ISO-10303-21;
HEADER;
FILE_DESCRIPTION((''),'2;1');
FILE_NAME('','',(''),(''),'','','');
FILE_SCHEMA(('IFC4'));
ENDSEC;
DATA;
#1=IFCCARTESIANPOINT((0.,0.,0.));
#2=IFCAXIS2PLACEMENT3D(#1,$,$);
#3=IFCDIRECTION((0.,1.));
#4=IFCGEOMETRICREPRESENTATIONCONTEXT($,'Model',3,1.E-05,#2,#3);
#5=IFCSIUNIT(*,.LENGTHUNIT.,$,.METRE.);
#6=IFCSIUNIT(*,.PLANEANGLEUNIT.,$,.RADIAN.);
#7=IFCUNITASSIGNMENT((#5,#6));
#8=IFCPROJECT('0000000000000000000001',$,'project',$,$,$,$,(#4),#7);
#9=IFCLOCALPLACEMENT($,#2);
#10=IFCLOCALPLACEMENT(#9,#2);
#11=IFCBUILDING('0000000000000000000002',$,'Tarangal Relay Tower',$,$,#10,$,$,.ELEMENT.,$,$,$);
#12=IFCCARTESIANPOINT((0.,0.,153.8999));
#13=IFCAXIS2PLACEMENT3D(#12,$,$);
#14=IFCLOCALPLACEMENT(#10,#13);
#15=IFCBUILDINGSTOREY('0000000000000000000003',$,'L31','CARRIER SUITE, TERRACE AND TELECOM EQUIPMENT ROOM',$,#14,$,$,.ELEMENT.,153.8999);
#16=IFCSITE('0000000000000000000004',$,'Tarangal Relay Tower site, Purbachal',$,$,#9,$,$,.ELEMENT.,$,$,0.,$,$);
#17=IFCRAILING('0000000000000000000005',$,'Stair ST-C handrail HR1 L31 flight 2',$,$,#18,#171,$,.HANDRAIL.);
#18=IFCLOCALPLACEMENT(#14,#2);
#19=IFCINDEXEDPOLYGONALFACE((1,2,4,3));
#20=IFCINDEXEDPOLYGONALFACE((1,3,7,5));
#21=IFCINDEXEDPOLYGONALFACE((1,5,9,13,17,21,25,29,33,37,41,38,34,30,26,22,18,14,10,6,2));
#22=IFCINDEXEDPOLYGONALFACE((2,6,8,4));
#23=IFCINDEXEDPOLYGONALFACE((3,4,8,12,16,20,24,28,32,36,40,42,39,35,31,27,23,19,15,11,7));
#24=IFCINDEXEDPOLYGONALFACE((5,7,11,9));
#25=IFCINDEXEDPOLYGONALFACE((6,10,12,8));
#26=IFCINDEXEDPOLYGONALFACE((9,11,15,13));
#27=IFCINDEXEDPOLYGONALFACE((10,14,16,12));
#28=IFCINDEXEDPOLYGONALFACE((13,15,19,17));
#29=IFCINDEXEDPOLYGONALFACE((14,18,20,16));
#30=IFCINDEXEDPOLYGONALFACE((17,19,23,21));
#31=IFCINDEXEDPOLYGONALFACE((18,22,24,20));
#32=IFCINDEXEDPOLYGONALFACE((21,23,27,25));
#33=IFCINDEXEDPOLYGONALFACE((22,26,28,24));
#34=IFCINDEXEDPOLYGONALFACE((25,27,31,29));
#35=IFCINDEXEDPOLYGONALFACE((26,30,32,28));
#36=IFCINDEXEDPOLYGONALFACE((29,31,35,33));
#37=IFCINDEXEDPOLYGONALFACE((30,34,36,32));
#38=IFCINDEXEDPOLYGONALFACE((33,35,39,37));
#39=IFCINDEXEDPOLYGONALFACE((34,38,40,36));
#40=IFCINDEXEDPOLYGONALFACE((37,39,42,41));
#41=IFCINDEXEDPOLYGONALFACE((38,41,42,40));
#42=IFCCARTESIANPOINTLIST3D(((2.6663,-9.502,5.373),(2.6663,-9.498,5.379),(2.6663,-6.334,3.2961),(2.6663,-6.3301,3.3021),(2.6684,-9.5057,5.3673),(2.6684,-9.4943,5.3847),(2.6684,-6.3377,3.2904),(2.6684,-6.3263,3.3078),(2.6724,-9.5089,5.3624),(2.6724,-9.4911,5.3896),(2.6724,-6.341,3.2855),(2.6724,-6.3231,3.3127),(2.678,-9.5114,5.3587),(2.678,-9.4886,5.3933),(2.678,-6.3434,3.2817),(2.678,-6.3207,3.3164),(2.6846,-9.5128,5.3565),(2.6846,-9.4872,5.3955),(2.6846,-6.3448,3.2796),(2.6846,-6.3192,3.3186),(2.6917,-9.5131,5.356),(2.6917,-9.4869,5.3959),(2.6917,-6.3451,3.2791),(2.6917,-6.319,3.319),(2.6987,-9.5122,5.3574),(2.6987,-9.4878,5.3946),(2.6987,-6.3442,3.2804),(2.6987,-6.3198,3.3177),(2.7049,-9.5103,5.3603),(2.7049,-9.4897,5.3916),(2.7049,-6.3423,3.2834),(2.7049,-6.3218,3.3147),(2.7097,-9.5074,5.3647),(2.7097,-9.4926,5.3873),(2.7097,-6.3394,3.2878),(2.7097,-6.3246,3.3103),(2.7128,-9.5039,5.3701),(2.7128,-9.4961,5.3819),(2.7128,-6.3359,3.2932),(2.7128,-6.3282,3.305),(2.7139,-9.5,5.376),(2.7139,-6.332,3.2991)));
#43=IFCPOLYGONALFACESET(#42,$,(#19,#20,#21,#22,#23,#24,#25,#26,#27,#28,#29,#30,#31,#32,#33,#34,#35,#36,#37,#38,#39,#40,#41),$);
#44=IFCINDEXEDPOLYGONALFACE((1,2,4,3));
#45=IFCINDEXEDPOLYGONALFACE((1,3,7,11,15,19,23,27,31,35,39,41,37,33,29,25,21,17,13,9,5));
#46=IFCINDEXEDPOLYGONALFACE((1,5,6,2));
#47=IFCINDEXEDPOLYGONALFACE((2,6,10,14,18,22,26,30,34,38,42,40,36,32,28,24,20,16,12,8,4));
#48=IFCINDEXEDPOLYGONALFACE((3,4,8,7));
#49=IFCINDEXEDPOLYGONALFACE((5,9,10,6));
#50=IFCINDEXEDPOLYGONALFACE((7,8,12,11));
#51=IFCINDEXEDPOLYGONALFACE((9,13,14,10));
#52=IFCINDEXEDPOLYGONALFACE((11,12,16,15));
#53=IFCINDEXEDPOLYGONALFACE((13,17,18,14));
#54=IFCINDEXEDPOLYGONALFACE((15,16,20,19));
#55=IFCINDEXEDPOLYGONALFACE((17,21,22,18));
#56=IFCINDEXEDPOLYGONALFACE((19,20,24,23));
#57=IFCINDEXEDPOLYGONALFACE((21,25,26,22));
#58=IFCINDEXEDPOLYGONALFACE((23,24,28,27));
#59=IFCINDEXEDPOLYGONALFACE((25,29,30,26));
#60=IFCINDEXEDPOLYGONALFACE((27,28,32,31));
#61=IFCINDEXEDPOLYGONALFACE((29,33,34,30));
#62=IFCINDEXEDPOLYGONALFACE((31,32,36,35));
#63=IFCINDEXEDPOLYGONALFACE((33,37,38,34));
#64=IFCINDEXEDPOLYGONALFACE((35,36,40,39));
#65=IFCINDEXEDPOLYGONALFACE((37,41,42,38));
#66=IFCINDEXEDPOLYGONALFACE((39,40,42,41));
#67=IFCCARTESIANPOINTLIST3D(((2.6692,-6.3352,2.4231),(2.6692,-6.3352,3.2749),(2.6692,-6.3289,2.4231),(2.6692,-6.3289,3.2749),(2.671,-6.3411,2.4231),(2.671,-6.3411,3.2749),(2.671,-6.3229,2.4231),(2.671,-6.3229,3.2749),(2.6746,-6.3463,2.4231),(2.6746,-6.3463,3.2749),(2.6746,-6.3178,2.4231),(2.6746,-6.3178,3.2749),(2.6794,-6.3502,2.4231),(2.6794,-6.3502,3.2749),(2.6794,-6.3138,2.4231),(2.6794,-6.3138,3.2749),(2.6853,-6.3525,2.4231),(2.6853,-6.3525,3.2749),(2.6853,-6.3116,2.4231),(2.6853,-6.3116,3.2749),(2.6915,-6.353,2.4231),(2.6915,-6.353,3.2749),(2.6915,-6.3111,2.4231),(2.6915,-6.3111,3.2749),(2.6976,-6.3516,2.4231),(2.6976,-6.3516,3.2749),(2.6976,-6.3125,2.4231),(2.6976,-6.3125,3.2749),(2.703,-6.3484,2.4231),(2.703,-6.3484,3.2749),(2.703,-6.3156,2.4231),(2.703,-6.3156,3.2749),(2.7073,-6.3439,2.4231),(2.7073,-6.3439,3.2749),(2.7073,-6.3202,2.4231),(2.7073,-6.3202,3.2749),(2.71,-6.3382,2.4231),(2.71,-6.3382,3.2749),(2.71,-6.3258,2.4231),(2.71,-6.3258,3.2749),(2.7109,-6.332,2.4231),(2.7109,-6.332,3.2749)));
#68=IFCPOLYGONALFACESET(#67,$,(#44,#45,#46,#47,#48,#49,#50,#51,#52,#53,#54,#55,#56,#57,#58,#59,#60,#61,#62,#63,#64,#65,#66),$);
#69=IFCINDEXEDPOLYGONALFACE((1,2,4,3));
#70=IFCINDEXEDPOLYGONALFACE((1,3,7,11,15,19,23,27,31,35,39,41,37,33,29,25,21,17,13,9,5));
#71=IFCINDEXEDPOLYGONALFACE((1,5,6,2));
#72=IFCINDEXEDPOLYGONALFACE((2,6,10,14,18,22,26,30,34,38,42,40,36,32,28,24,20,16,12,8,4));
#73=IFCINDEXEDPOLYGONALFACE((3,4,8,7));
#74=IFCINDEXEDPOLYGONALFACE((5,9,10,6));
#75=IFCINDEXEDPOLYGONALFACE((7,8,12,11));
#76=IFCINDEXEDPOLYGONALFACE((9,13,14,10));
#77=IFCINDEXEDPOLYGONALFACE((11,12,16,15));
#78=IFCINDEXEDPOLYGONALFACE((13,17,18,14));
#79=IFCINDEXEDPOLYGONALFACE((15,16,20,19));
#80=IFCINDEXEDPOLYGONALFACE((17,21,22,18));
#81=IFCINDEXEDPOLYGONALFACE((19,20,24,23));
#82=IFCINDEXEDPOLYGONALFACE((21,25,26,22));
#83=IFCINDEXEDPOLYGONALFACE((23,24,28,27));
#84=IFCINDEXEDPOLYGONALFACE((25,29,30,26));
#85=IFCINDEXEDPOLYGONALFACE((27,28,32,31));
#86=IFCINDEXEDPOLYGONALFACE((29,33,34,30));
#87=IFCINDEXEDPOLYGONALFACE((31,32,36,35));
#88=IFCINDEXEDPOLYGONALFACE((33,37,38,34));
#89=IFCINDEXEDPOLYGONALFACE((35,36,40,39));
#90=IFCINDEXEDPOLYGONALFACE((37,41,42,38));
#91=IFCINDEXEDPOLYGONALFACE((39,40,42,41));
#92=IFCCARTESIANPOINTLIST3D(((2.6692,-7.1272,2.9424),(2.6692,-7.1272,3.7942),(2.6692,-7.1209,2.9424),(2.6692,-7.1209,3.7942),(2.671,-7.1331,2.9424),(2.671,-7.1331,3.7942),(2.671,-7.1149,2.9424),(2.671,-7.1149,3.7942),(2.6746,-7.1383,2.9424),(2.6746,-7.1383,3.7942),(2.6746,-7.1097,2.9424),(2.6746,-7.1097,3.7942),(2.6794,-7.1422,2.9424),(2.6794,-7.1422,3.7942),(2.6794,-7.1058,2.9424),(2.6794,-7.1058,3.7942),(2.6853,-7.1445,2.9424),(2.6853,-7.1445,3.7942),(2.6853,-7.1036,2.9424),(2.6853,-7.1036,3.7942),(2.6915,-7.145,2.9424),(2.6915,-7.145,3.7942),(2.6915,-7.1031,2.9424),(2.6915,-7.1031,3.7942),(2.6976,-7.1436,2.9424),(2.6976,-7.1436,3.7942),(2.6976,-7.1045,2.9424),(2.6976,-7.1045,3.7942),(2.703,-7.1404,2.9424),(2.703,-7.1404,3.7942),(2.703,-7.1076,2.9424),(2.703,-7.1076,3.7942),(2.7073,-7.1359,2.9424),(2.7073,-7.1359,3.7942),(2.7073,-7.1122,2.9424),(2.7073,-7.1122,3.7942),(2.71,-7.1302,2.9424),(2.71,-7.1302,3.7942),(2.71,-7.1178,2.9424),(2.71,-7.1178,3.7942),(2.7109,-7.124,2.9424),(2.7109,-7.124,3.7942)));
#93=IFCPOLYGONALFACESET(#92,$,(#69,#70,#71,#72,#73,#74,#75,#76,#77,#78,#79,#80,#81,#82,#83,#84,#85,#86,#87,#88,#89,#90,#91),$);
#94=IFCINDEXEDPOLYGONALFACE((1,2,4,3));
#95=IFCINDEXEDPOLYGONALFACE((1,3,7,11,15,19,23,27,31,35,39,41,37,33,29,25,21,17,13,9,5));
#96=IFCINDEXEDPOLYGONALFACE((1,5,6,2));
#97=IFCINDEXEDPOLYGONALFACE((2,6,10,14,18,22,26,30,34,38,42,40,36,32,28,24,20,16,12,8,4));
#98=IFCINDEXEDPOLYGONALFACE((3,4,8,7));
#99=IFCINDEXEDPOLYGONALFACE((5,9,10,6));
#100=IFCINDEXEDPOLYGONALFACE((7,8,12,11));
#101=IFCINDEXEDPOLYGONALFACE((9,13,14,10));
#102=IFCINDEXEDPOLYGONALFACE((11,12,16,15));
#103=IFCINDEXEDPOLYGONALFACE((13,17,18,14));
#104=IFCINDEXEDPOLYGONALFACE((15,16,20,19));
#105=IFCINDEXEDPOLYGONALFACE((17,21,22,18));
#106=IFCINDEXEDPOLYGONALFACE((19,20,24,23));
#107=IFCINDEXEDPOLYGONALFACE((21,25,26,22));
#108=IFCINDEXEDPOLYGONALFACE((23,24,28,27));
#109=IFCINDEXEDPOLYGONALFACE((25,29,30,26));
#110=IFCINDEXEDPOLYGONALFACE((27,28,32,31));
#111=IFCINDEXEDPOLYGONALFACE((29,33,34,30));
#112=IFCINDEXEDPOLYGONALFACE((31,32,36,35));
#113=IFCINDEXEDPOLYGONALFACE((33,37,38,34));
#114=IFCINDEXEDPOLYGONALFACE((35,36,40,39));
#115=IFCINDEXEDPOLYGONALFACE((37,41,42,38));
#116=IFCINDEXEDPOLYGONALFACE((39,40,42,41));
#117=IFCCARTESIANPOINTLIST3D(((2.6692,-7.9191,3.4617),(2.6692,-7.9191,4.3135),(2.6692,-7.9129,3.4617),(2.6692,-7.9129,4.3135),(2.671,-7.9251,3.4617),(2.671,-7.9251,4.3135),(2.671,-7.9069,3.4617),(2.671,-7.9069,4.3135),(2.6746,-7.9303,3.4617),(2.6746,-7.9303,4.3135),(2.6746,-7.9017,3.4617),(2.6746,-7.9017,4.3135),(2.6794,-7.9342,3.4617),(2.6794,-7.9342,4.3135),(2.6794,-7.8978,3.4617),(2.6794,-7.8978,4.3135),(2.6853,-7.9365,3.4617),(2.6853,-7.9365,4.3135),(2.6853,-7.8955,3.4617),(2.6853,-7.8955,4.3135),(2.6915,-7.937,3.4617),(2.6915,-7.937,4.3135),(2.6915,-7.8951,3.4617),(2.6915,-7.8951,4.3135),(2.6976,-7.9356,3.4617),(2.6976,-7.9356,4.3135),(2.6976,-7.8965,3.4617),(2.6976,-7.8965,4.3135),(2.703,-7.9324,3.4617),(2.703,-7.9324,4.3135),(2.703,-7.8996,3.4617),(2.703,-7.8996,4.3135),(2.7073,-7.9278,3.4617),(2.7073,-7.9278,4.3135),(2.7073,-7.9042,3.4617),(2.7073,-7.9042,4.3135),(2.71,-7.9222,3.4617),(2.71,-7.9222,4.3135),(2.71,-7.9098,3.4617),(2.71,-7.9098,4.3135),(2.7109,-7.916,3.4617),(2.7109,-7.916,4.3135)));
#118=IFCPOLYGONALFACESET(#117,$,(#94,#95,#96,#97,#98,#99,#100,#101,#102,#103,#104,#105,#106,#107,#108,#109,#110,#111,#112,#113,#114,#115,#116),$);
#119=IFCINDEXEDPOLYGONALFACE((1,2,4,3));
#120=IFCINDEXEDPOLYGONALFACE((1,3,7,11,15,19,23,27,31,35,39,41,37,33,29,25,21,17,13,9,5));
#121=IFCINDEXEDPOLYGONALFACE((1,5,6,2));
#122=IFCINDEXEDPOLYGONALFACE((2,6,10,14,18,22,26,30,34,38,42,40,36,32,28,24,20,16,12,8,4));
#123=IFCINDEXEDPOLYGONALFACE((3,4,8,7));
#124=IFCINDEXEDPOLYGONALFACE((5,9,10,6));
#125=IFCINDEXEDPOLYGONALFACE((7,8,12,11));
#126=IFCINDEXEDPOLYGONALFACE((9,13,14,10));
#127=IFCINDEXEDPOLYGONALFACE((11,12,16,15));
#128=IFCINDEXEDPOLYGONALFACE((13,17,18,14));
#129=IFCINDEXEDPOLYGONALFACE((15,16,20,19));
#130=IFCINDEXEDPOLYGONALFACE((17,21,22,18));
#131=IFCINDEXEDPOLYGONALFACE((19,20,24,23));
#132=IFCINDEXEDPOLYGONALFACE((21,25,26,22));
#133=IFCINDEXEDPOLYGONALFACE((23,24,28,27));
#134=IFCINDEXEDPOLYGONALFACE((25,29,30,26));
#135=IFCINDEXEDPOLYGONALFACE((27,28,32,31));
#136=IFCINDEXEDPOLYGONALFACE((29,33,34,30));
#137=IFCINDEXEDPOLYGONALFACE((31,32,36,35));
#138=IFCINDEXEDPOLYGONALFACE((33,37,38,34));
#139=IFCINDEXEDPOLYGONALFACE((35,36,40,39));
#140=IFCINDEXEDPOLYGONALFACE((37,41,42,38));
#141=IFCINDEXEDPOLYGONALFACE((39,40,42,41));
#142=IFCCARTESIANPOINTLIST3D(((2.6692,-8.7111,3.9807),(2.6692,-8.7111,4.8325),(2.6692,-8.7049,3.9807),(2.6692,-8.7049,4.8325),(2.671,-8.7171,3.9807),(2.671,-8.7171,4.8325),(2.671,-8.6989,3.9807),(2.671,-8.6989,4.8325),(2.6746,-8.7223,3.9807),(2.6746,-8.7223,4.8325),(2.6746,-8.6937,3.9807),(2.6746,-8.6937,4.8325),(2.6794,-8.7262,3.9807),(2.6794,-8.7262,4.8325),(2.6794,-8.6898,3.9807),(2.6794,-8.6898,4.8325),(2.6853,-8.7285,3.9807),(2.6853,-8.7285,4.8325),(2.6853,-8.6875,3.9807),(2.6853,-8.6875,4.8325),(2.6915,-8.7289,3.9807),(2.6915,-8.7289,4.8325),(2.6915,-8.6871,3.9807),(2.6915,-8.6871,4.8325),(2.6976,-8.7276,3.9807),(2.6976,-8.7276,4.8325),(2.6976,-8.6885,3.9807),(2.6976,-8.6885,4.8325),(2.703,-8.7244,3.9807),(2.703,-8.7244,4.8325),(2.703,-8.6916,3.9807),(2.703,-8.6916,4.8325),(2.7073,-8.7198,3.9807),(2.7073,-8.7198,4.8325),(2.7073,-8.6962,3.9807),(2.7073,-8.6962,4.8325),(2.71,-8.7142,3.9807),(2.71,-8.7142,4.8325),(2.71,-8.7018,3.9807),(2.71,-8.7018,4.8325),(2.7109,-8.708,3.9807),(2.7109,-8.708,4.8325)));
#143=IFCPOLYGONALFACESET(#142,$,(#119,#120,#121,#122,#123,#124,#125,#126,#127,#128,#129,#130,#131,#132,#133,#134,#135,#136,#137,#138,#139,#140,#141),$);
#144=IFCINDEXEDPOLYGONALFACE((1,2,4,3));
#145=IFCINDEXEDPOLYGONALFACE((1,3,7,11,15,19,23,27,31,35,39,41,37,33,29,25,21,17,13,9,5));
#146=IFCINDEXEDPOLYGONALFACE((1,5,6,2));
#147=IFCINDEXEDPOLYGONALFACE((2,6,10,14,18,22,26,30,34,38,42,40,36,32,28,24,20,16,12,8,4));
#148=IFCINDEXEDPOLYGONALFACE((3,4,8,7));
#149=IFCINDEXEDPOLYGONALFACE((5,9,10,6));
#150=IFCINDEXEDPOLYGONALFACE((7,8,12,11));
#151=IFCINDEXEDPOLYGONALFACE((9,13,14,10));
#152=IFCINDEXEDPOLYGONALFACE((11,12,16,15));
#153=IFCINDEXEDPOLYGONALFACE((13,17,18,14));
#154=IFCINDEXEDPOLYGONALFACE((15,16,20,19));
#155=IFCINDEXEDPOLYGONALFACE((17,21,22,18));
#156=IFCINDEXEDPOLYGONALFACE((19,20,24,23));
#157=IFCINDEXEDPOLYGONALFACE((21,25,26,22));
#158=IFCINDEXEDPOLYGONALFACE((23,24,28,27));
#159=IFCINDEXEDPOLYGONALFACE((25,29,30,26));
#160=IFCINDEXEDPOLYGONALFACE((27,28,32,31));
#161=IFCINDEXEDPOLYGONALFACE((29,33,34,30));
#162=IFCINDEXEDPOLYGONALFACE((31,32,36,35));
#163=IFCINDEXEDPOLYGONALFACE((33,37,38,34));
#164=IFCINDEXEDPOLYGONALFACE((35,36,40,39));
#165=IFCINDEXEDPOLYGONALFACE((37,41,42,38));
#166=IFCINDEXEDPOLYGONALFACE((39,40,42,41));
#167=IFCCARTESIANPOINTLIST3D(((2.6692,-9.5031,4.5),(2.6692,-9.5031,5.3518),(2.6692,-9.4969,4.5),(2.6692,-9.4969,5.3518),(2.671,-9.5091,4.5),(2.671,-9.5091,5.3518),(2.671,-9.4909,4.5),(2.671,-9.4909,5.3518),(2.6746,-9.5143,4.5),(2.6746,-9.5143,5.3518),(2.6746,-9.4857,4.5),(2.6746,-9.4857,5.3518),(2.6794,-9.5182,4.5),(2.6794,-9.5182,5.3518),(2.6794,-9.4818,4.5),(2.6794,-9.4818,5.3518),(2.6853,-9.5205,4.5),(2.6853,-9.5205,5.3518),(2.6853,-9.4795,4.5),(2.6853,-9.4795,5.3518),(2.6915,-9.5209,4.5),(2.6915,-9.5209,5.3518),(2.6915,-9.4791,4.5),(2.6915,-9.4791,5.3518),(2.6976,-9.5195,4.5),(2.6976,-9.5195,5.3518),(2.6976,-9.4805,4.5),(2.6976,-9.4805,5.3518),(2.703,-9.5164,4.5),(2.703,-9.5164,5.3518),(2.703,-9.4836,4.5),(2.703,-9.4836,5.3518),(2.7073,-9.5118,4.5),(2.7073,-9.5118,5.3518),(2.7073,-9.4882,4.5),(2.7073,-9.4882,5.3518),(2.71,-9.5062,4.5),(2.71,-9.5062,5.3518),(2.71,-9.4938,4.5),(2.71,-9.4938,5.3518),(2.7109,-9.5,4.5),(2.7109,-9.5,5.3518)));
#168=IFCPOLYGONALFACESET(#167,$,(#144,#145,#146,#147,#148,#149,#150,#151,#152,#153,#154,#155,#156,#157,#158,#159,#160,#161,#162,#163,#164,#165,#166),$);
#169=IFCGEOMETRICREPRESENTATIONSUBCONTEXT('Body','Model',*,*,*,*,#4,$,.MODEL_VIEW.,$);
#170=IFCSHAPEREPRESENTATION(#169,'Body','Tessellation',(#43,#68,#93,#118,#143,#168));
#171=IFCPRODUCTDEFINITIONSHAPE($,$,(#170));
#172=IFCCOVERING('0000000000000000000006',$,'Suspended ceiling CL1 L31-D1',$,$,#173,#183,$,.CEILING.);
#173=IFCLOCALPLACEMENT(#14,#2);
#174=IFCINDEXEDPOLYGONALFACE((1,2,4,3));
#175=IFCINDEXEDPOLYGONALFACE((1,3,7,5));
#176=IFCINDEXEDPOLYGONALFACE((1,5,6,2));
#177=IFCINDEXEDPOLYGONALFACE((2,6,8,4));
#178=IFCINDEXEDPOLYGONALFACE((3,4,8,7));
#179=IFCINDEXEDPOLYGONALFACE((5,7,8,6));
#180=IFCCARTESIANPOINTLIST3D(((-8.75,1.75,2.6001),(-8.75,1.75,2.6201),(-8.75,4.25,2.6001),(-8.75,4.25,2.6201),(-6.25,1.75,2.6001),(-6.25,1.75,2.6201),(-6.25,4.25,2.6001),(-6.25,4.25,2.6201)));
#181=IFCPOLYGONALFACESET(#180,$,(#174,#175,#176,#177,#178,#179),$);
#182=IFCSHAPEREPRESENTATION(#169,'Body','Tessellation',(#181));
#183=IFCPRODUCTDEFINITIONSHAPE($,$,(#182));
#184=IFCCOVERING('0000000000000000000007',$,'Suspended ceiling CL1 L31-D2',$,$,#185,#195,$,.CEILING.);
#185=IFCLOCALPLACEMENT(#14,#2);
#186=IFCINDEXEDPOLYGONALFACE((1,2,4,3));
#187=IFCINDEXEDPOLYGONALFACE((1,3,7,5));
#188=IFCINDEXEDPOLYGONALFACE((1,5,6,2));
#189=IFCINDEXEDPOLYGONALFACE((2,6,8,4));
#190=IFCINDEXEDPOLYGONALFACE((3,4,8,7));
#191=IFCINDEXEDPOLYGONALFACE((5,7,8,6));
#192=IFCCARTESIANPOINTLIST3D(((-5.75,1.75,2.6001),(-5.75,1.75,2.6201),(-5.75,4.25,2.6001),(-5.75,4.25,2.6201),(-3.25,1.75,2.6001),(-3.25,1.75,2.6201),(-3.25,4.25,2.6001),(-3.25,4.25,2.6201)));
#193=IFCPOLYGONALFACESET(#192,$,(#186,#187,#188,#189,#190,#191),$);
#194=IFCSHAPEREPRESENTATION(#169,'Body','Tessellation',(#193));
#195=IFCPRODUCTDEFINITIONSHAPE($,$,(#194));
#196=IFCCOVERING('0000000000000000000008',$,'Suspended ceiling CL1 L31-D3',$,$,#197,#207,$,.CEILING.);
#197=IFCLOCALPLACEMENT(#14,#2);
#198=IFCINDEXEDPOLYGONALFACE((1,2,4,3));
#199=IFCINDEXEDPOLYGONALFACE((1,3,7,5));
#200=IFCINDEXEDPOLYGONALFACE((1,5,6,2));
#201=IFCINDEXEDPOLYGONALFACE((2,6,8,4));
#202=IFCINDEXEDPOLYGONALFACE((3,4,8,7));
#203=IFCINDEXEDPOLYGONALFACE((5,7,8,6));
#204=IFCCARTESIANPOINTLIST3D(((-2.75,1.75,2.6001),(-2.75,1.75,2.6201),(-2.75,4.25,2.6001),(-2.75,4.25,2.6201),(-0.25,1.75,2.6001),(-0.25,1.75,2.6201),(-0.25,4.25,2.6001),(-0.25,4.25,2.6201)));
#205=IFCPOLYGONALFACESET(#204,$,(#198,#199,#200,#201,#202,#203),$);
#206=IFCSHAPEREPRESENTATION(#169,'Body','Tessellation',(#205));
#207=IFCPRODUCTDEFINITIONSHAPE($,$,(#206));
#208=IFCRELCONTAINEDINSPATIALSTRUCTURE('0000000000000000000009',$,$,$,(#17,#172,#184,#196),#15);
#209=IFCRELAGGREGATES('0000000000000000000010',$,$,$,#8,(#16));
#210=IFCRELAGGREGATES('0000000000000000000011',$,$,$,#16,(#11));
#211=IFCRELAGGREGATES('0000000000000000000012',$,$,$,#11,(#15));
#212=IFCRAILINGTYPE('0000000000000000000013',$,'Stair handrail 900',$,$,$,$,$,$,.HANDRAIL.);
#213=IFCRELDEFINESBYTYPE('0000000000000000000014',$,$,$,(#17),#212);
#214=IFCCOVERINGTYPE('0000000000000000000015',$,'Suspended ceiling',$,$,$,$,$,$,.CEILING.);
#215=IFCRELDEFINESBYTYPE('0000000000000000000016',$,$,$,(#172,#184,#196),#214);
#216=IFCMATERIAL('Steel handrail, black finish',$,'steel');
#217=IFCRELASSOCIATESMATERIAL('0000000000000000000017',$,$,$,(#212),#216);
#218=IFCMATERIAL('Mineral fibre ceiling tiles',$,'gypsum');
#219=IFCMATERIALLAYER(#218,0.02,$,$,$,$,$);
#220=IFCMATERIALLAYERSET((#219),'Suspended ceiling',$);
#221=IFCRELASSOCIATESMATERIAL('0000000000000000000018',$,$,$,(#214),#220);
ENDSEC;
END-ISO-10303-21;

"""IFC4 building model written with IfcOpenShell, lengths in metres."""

from ifc_helpers import new_model, si_unit, direction, frame, origin, origin_2d, place, context, subcontext, project, spatial, polyline, circle, outline, extrude, material, layer, layer_set, type_object, element, save


model = new_model("IFC4")

# Units and contexts
model_context = context("Model", 3, precision=1e-05, world=origin(), true_north=direction((0.0, 1.0)))
body_context = subcontext(model_context, "Body", "Model", "MODEL_VIEW")
ifc_project = project(units=[si_unit("LENGTHUNIT", "METRE"), si_unit("PLANEANGLEUNIT", "RADIAN")], contexts=[model_context])

# Site, building, storey
site_placement = place(None, origin())
site = spatial("IfcSite", under=ifc_project, at=site_placement, Name="Tarangal Relay Tower site, Purbachal", CompositionType="ELEMENT", RefElevation=0.0)
building_placement = place(site_placement, origin())
building = spatial("IfcBuilding", under=site, at=building_placement, Name="Tarangal Relay Tower", CompositionType="ELEMENT")
storey_placement = place(building_placement, frame((0.0, 0.0, 153.8999)))
storey = spatial("IfcBuildingStorey", under=building, at=storey_placement, Name="L31", Description="CARRIER SUITE, TERRACE AND TELECOM EQUIPMENT ROOM", CompositionType="ELEMENT", Elevation=153.8999)

# Railing
ifc_material_1 = material(Name="Steel handrail, black finish", Category="steel")
railing_type_1 = type_object("IfcRailingType", Name="Stair handrail 900", PredefinedType="HANDRAIL", material=ifc_material_1)
railing_1_placement = place(storey_placement, frame((2.6899, -6.332, 2.4231)))
element("IfcRailing", 1, at=railing_1_placement, inside=storey, type_object=railing_type_1, Name="Stair ST-C handrail HR1 L31 flight 2", PredefinedType="HANDRAIL", context=body_context, shape_type="SweptSolid", body=[
    extrude(circle(Radius=0.0239, at=origin_2d()), frame((0.0, 0.0, 0.876), z_axis=(0.0, -0.836299, 0.548273), x_axis=(1.0, 0.0, 0.0)), (0.0, 0.0, 1.0), 3.7881),
    extrude(circle(Radius=0.021, at=origin_2d()), origin(), (0.0, 0.0, 1.0), 0.8518),
    extrude(circle(Radius=0.021, at=origin_2d()), frame((0.0, -0.792, 0.5193)), (0.0, 0.0, 1.0), 0.8518),
    extrude(circle(Radius=0.021, at=origin_2d()), frame((0.0, -1.584, 1.0386)), (0.0, 0.0, 1.0), 0.8518),
    extrude(circle(Radius=0.021, at=origin_2d()), frame((0.0, -2.376, 1.5576)), (0.0, 0.0, 1.0), 0.8518),
    extrude(circle(Radius=0.021, at=origin_2d()), frame((0.0, -3.168, 2.0769)), (0.0, 0.0, 1.0), 0.8518),
])

# Coverings
ifc_material_2 = material(Name="Mineral fibre ceiling tiles", Category="gypsum")
ifc_layer_1 = layer(ifc_material_2, 0.02)
ifc_layer_set_1 = layer_set([ifc_layer_1], Name="Suspended ceiling")
covering_type_1 = type_object("IfcCoveringType", Name="Suspended ceiling", PredefinedType="CEILING", material=ifc_layer_set_1)
covering_1_placement = place(storey_placement, frame((0.0, 0.0, 2.6001)))
element("IfcCovering", 2, at=covering_1_placement, inside=storey, type_object=covering_type_1, Name="Suspended ceiling CL1 L31-D1", PredefinedType="CEILING", context=body_context, shape_type="SweptSolid", body=[
    extrude(outline(polyline([(-8.75, 1.75), (-6.25, 1.75), (-6.25, 4.25), (-8.75, 4.25), (-8.75, 1.75)])), origin(), (0.0, 0.0, 1.0), 0.02),
])
covering_2_placement = place(storey_placement, frame((0.0, 0.0, 2.6001)))
element("IfcCovering", 3, at=covering_2_placement, inside=storey, type_object=covering_type_1, Name="Suspended ceiling CL1 L31-D2", PredefinedType="CEILING", context=body_context, shape_type="SweptSolid", body=[
    extrude(outline(polyline([(-5.75, 1.75), (-3.25, 1.75), (-3.25, 4.25), (-5.75, 4.25), (-5.75, 1.75)])), origin(), (0.0, 0.0, 1.0), 0.02),
])
covering_3_placement = place(storey_placement, frame((0.0, 0.0, 2.6001)))
element("IfcCovering", 4, at=covering_3_placement, inside=storey, type_object=covering_type_1, Name="Suspended ceiling CL1 L31-D3", PredefinedType="CEILING", context=body_context, shape_type="SweptSolid", body=[
    extrude(outline(polyline([(-2.75, 1.75), (-0.25, 1.75), (-0.25, 4.25), (-2.75, 4.25), (-2.75, 1.75)])), origin(), (0.0, 0.0, 1.0), 0.02),
])

save(model, "model.ifc")
